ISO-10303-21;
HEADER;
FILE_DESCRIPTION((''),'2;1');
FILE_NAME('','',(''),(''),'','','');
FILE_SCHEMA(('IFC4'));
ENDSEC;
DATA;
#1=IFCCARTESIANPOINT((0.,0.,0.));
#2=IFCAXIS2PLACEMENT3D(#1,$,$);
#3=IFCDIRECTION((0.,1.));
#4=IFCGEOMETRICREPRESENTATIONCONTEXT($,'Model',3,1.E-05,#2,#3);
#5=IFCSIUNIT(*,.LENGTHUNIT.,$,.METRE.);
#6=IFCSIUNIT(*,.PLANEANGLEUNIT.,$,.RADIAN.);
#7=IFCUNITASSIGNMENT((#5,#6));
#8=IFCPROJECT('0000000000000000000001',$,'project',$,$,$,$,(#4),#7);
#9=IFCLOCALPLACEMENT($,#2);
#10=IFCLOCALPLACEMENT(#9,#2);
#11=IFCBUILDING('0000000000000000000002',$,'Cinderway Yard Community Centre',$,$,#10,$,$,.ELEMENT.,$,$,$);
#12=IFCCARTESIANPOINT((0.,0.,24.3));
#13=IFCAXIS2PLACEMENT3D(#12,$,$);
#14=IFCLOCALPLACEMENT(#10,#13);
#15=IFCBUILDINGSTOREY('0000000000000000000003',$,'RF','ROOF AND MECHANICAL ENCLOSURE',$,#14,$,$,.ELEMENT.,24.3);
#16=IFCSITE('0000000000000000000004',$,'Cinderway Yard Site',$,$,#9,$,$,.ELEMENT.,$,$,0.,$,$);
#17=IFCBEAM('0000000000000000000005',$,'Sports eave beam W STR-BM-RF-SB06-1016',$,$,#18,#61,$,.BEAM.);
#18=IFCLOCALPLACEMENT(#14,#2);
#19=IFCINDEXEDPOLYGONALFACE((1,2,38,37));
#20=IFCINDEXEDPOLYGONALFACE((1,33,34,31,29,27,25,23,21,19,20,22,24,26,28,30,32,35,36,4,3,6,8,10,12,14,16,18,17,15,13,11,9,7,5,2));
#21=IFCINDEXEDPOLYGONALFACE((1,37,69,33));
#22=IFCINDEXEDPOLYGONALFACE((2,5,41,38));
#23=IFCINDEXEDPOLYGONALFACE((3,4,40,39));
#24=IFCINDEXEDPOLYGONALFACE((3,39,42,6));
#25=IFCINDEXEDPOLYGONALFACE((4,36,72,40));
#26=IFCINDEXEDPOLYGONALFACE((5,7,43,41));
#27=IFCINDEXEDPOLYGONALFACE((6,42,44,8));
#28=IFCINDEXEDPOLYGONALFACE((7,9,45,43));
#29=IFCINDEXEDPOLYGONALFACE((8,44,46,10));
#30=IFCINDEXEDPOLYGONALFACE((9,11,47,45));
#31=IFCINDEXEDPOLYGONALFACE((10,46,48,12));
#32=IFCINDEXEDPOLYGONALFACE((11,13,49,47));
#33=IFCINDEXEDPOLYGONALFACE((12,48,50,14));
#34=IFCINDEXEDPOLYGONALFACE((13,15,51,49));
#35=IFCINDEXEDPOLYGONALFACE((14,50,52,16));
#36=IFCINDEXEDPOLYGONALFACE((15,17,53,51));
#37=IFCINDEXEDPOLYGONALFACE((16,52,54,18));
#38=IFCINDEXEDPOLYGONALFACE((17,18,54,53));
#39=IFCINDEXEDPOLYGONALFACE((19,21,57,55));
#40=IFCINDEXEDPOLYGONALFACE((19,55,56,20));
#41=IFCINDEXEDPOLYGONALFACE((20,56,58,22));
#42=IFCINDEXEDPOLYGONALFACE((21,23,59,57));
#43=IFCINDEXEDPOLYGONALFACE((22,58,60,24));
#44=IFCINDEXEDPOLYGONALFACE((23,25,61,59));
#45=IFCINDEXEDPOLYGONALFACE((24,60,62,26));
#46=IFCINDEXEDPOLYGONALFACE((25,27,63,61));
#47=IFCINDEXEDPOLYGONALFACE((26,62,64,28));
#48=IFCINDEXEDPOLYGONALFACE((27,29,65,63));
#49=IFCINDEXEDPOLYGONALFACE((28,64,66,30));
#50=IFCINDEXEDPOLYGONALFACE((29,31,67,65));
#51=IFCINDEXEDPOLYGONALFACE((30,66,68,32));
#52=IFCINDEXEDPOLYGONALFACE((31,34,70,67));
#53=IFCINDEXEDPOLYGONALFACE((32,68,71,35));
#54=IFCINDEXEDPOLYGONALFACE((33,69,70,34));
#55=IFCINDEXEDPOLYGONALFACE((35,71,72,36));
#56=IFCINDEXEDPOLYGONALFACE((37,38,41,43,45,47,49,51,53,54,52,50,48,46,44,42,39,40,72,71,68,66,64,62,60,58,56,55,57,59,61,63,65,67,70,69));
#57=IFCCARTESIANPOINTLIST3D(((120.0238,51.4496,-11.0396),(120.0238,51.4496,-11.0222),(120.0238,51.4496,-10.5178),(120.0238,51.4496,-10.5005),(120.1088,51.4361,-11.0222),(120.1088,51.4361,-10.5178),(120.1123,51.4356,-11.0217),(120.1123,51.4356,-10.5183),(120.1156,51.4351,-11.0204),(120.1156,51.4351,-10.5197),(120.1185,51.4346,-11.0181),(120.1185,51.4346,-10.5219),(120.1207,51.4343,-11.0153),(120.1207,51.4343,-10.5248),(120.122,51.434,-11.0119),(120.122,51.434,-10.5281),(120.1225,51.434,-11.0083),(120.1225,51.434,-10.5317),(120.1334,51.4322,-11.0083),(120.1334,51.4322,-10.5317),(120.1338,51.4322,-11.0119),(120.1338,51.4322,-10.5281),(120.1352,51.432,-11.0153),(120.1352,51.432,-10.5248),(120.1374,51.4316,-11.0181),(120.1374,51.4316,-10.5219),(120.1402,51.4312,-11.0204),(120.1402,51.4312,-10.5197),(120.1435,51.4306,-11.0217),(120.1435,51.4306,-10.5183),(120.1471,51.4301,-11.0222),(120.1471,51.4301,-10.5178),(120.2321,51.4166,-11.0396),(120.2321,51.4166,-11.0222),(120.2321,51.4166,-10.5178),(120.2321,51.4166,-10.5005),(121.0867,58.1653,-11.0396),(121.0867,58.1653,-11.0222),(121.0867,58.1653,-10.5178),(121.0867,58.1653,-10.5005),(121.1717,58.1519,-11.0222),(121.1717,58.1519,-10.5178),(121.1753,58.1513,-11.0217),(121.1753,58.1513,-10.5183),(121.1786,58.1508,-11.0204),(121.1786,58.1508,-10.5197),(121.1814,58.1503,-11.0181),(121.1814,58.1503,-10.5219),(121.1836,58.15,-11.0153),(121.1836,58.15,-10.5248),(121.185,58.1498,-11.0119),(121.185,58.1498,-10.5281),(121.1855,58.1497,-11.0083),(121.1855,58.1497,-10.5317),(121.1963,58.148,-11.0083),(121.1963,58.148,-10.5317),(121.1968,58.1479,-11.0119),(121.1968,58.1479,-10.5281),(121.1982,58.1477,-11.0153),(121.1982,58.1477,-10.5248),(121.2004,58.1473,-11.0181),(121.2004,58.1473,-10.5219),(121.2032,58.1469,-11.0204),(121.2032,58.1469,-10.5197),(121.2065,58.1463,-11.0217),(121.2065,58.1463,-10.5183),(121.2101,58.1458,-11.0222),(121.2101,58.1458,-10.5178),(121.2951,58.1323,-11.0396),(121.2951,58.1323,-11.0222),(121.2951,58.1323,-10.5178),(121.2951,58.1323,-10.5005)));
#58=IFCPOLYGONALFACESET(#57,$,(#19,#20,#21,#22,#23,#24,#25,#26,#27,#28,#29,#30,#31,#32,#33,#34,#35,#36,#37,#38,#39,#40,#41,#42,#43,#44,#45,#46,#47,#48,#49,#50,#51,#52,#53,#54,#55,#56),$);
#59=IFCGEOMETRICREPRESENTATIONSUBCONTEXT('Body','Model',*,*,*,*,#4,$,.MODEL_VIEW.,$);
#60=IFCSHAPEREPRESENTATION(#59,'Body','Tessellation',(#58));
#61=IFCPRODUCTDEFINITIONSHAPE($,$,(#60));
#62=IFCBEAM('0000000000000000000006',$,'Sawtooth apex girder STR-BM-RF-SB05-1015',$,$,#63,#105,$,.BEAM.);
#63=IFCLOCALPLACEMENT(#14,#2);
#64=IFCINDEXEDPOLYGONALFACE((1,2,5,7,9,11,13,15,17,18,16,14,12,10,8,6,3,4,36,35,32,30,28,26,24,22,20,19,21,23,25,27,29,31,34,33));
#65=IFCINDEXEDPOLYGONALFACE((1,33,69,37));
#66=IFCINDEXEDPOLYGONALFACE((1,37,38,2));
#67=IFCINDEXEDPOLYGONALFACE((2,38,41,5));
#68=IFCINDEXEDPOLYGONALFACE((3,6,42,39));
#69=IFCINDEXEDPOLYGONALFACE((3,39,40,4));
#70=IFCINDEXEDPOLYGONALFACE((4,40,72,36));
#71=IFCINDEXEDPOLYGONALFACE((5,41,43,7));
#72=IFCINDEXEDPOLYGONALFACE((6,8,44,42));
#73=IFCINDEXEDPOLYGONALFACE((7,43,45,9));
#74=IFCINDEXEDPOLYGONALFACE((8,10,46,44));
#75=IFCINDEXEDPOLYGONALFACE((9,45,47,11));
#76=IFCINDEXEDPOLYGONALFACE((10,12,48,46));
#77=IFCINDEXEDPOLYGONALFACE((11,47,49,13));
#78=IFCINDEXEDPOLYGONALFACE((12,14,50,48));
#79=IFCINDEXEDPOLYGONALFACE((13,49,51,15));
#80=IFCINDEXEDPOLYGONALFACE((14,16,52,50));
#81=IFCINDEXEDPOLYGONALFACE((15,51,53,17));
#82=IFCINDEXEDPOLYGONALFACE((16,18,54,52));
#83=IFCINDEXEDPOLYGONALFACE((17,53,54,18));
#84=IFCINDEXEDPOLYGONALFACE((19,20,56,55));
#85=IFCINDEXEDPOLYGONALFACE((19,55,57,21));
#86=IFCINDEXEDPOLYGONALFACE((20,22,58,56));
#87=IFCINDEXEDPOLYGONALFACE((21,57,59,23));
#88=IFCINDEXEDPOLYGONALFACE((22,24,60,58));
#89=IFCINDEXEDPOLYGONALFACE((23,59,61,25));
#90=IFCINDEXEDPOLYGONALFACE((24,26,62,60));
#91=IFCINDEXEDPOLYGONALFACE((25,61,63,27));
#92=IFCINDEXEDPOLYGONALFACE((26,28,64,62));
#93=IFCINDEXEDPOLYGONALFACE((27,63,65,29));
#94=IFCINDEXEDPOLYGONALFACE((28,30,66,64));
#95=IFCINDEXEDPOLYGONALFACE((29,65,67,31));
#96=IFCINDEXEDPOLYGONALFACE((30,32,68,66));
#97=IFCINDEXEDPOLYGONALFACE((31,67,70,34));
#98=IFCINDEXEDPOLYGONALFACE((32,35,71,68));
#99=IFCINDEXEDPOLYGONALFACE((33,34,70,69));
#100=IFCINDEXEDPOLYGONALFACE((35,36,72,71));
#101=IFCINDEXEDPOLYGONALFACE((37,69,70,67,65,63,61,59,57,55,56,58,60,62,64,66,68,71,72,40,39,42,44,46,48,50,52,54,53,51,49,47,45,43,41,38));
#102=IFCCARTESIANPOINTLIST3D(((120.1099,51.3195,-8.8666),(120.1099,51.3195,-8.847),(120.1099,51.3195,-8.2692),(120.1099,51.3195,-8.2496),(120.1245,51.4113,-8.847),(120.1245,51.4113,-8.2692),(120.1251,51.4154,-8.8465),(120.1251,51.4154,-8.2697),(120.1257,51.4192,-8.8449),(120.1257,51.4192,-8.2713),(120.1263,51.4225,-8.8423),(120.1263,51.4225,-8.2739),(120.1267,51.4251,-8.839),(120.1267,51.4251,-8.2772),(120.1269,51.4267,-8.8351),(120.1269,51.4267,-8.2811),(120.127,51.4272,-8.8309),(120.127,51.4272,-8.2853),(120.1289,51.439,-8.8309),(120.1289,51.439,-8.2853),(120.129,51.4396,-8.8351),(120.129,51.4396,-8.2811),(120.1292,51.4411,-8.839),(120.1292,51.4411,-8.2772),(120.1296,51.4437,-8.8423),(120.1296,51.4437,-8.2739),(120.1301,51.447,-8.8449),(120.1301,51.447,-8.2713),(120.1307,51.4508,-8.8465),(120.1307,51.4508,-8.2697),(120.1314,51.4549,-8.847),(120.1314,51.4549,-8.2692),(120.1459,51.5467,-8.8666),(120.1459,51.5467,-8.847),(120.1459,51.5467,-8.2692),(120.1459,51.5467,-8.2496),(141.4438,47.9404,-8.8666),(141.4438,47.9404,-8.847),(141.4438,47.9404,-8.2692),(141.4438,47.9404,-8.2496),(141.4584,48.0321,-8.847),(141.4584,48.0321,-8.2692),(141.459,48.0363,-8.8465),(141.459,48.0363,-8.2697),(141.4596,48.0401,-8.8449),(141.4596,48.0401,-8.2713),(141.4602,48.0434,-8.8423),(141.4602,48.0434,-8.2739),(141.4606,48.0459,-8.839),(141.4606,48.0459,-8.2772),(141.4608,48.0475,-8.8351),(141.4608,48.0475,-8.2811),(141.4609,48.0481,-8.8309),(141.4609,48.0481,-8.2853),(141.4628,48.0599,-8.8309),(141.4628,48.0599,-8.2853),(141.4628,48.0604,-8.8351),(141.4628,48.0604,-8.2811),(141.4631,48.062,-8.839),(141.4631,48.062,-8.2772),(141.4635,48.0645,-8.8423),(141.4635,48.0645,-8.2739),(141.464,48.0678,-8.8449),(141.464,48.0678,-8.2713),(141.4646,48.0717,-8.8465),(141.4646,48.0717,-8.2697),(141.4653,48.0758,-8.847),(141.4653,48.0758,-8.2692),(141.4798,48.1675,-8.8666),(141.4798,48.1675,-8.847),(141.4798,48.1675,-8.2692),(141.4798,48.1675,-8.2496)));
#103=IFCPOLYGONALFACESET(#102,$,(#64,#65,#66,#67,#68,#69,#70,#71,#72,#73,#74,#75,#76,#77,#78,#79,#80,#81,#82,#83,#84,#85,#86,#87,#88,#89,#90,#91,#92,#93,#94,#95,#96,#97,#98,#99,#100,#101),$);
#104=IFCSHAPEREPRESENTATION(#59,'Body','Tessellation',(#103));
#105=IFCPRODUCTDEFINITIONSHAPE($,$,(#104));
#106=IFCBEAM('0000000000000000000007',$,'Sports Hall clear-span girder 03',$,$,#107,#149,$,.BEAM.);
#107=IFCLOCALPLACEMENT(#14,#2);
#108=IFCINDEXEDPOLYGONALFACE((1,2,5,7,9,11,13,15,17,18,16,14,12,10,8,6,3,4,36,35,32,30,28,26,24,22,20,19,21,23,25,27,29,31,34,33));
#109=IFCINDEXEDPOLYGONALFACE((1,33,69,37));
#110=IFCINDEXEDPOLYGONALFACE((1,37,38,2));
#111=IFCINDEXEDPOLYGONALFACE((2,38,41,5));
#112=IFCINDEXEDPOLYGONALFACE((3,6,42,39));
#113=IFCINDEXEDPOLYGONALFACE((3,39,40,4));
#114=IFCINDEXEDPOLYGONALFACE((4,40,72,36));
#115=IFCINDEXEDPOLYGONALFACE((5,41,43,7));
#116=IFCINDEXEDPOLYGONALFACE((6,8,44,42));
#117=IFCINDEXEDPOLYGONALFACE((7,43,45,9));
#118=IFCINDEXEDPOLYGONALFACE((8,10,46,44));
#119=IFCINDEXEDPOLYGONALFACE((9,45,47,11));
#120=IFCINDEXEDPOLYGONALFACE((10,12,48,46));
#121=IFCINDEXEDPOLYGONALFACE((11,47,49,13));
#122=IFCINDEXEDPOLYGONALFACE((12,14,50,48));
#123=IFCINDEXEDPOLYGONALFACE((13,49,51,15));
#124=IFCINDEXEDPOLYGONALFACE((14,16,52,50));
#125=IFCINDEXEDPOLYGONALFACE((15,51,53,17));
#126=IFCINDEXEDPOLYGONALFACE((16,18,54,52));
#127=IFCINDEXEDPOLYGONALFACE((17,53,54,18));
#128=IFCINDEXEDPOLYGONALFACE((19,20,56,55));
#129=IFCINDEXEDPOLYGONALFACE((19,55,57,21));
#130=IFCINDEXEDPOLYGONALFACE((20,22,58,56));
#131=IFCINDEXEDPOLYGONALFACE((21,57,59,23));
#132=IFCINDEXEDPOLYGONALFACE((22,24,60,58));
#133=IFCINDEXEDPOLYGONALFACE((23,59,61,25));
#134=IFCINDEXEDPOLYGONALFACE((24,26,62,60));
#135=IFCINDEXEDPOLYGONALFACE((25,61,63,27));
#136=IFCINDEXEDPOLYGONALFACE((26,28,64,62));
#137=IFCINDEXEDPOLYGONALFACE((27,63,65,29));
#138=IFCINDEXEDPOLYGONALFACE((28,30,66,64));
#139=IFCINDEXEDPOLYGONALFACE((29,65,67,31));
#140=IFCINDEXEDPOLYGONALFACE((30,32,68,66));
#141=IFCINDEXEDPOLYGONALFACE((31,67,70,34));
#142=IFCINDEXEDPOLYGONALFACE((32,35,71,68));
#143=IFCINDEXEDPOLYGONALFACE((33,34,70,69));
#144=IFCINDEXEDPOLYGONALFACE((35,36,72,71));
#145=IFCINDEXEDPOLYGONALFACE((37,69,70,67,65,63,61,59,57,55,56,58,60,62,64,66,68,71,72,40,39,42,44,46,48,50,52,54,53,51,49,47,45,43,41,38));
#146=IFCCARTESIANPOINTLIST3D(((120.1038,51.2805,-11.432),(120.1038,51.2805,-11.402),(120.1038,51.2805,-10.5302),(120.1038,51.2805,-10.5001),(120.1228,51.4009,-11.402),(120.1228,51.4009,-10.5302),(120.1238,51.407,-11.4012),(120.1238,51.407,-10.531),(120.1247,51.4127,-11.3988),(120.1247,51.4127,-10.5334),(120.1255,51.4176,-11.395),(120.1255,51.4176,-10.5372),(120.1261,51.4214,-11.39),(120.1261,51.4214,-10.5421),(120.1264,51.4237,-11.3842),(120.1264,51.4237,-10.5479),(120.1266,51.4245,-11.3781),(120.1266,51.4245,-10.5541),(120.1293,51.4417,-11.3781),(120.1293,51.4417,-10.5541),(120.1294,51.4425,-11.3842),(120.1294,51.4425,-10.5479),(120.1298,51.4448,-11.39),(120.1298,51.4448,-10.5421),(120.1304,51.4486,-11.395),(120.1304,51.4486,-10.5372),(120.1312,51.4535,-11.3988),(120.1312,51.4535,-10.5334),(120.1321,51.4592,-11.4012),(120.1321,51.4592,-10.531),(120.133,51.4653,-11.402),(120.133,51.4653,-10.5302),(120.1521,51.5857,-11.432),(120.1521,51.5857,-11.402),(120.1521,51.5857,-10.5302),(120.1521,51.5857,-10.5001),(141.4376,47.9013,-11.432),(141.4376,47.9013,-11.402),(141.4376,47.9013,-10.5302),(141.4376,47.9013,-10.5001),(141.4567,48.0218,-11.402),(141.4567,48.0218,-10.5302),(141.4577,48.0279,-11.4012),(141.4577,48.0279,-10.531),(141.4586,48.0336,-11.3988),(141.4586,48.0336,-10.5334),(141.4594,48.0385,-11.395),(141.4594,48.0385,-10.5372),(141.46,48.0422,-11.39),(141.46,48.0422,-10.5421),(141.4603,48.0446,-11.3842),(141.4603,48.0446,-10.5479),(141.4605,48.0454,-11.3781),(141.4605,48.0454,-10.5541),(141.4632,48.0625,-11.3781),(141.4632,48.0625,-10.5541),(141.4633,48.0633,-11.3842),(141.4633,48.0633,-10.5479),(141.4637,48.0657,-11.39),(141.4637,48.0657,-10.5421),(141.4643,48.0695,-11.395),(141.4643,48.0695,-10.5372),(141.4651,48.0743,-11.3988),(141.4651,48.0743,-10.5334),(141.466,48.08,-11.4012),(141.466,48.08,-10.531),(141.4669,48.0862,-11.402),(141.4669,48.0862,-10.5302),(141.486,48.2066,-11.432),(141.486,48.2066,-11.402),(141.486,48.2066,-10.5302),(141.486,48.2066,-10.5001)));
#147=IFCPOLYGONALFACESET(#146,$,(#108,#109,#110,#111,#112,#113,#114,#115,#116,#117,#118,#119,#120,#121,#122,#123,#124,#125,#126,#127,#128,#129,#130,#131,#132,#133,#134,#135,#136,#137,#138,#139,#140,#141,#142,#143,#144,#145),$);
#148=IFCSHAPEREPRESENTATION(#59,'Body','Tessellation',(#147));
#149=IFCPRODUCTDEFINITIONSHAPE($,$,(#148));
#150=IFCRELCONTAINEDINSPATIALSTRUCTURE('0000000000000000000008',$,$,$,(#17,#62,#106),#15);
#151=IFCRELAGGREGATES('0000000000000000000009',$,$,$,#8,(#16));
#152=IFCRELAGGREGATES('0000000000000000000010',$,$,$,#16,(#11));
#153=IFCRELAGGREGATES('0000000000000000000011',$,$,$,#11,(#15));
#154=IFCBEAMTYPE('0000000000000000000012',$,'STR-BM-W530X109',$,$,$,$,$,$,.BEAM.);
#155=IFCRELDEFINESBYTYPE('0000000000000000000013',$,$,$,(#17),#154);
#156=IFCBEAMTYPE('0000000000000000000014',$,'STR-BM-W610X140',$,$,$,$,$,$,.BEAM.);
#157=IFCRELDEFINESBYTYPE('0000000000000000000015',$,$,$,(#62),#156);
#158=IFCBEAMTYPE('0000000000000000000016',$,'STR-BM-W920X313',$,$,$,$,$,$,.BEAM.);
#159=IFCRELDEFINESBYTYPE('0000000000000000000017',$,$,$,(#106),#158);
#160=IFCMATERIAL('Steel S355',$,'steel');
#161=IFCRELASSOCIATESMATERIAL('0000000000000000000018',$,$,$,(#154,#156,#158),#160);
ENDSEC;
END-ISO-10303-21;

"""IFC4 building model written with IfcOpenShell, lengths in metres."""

from ifc_helpers import new_model, si_unit, direction, frame, origin, origin_2d, place, context, subcontext, project, spatial, i_section, extrude, material, material_profile, profile_set, type_object, element, save


model = new_model("IFC4")

# Units and contexts
model_context = context("Model", 3, precision=1e-05, world=origin(), true_north=direction((0.0, 1.0)))
body_context = subcontext(model_context, "Body", "Model", "MODEL_VIEW")
ifc_project = project(units=[si_unit("LENGTHUNIT", "METRE"), si_unit("PLANEANGLEUNIT", "RADIAN")], contexts=[model_context])

# Site, building, storey
site_placement = place(None, origin())
site = spatial("IfcSite", under=ifc_project, at=site_placement, Name="Cinderway Yard Site", CompositionType="ELEMENT", RefElevation=0.0)
building_placement = place(site_placement, origin())
building = spatial("IfcBuilding", under=site, at=building_placement, Name="Cinderway Yard Community Centre", CompositionType="ELEMENT")
storey_placement = place(building_placement, frame((0.0, 0.0, 24.3)))
storey = spatial("IfcBuildingStorey", under=building, at=storey_placement, Name="RF", Description="ROOF AND MECHANICAL ENCLOSURE", CompositionType="ELEMENT", Elevation=24.3)

# Shared definitions
ifc_material_1 = material(Name="Steel S355", Category="steel")

# Beams
ifc_material_profile_1 = material_profile(ifc_material_1, i_section(OverallWidth=0.2109, OverallDepth=0.5391, WebThickness=0.011, FlangeThickness=0.0173, FilletRadius=0.0139, at=origin_2d()), Name="Steel S355")
ifc_profile_set_1 = profile_set([ifc_material_profile_1], Name="Steel S355")
beam_type_1 = type_object("IfcBeamType", Name="STR-BM-W530X109", PredefinedType="BEAM", material=ifc_profile_set_1)
beam_1_placement = place(storey_placement, frame((120.1279, 51.4331, -10.77), z_axis=(0.156335, 0.987704, 0.0), x_axis=(-0.987704, 0.156335, 0.0)))
element("IfcBeam", 1, at=beam_1_placement, inside=storey, type_object=beam_type_1, Name="Sports eave beam W STR-BM-RF-SB06-1016", PredefinedType="BEAM", context=body_context, shape_type="SweptSolid", body=[
    extrude(i_section(OverallWidth=0.2109, OverallDepth=0.5391, WebThickness=0.011, FlangeThickness=0.0173, FilletRadius=0.0139, at=origin_2d()), origin(), (0.0, 0.0, 1.0), 6.7993),
])
ifc_material_profile_2 = material_profile(ifc_material_1, i_section(OverallWidth=0.23, OverallDepth=0.6169, WebThickness=0.012, FlangeThickness=0.0195, FilletRadius=0.0161, at=origin_2d()), Name="Steel S355")
ifc_profile_set_2 = profile_set([ifc_material_profile_2], Name="Steel S355")
beam_type_2 = type_object("IfcBeamType", Name="STR-BM-W610X140", PredefinedType="BEAM", material=ifc_profile_set_2)
beam_2_placement = place(storey_placement, frame((120.1279, 51.4331, -8.5581), z_axis=(0.987687, -0.156443, 0.0), x_axis=(0.156443, 0.987687, 0.0)))
element("IfcBeam", 2, at=beam_2_placement, inside=storey, type_object=beam_type_2, Name="Sawtooth apex girder STR-BM-RF-SB05-1015", PredefinedType="BEAM", context=body_context, shape_type="SweptSolid", body=[
    extrude(i_section(OverallWidth=0.23, OverallDepth=0.6169, WebThickness=0.012, FlangeThickness=0.0195, FilletRadius=0.0161, at=origin_2d()), origin(), (0.0, 0.0, 1.0), 21.5999),
])
ifc_material_profile_3 = material_profile(ifc_material_1, i_section(OverallWidth=0.3091, OverallDepth=0.9319, WebThickness=0.0173, FlangeThickness=0.03, FilletRadius=0.0239, at=origin_2d()), Name="Steel S355")
ifc_profile_set_3 = profile_set([ifc_material_profile_3], Name="Steel S355")
beam_type_3 = type_object("IfcBeamType", Name="STR-BM-W920X313", PredefinedType="BEAM", material=ifc_profile_set_3)
beam_3_placement = place(storey_placement, frame((120.1279, 51.4331, -10.9661), z_axis=(0.987687, -0.156443, 0.0), x_axis=(0.156443, 0.987687, 0.0)))
element("IfcBeam", 3, at=beam_3_placement, inside=storey, type_object=beam_type_3, Name="Sports Hall clear-span girder 03", PredefinedType="BEAM", context=body_context, shape_type="SweptSolid", body=[
    extrude(i_section(OverallWidth=0.3091, OverallDepth=0.9319, WebThickness=0.0173, FlangeThickness=0.03, FilletRadius=0.0239, at=origin_2d()), origin(), (0.0, 0.0, 1.0), 21.5999),
])

save(model, "model.ifc")
